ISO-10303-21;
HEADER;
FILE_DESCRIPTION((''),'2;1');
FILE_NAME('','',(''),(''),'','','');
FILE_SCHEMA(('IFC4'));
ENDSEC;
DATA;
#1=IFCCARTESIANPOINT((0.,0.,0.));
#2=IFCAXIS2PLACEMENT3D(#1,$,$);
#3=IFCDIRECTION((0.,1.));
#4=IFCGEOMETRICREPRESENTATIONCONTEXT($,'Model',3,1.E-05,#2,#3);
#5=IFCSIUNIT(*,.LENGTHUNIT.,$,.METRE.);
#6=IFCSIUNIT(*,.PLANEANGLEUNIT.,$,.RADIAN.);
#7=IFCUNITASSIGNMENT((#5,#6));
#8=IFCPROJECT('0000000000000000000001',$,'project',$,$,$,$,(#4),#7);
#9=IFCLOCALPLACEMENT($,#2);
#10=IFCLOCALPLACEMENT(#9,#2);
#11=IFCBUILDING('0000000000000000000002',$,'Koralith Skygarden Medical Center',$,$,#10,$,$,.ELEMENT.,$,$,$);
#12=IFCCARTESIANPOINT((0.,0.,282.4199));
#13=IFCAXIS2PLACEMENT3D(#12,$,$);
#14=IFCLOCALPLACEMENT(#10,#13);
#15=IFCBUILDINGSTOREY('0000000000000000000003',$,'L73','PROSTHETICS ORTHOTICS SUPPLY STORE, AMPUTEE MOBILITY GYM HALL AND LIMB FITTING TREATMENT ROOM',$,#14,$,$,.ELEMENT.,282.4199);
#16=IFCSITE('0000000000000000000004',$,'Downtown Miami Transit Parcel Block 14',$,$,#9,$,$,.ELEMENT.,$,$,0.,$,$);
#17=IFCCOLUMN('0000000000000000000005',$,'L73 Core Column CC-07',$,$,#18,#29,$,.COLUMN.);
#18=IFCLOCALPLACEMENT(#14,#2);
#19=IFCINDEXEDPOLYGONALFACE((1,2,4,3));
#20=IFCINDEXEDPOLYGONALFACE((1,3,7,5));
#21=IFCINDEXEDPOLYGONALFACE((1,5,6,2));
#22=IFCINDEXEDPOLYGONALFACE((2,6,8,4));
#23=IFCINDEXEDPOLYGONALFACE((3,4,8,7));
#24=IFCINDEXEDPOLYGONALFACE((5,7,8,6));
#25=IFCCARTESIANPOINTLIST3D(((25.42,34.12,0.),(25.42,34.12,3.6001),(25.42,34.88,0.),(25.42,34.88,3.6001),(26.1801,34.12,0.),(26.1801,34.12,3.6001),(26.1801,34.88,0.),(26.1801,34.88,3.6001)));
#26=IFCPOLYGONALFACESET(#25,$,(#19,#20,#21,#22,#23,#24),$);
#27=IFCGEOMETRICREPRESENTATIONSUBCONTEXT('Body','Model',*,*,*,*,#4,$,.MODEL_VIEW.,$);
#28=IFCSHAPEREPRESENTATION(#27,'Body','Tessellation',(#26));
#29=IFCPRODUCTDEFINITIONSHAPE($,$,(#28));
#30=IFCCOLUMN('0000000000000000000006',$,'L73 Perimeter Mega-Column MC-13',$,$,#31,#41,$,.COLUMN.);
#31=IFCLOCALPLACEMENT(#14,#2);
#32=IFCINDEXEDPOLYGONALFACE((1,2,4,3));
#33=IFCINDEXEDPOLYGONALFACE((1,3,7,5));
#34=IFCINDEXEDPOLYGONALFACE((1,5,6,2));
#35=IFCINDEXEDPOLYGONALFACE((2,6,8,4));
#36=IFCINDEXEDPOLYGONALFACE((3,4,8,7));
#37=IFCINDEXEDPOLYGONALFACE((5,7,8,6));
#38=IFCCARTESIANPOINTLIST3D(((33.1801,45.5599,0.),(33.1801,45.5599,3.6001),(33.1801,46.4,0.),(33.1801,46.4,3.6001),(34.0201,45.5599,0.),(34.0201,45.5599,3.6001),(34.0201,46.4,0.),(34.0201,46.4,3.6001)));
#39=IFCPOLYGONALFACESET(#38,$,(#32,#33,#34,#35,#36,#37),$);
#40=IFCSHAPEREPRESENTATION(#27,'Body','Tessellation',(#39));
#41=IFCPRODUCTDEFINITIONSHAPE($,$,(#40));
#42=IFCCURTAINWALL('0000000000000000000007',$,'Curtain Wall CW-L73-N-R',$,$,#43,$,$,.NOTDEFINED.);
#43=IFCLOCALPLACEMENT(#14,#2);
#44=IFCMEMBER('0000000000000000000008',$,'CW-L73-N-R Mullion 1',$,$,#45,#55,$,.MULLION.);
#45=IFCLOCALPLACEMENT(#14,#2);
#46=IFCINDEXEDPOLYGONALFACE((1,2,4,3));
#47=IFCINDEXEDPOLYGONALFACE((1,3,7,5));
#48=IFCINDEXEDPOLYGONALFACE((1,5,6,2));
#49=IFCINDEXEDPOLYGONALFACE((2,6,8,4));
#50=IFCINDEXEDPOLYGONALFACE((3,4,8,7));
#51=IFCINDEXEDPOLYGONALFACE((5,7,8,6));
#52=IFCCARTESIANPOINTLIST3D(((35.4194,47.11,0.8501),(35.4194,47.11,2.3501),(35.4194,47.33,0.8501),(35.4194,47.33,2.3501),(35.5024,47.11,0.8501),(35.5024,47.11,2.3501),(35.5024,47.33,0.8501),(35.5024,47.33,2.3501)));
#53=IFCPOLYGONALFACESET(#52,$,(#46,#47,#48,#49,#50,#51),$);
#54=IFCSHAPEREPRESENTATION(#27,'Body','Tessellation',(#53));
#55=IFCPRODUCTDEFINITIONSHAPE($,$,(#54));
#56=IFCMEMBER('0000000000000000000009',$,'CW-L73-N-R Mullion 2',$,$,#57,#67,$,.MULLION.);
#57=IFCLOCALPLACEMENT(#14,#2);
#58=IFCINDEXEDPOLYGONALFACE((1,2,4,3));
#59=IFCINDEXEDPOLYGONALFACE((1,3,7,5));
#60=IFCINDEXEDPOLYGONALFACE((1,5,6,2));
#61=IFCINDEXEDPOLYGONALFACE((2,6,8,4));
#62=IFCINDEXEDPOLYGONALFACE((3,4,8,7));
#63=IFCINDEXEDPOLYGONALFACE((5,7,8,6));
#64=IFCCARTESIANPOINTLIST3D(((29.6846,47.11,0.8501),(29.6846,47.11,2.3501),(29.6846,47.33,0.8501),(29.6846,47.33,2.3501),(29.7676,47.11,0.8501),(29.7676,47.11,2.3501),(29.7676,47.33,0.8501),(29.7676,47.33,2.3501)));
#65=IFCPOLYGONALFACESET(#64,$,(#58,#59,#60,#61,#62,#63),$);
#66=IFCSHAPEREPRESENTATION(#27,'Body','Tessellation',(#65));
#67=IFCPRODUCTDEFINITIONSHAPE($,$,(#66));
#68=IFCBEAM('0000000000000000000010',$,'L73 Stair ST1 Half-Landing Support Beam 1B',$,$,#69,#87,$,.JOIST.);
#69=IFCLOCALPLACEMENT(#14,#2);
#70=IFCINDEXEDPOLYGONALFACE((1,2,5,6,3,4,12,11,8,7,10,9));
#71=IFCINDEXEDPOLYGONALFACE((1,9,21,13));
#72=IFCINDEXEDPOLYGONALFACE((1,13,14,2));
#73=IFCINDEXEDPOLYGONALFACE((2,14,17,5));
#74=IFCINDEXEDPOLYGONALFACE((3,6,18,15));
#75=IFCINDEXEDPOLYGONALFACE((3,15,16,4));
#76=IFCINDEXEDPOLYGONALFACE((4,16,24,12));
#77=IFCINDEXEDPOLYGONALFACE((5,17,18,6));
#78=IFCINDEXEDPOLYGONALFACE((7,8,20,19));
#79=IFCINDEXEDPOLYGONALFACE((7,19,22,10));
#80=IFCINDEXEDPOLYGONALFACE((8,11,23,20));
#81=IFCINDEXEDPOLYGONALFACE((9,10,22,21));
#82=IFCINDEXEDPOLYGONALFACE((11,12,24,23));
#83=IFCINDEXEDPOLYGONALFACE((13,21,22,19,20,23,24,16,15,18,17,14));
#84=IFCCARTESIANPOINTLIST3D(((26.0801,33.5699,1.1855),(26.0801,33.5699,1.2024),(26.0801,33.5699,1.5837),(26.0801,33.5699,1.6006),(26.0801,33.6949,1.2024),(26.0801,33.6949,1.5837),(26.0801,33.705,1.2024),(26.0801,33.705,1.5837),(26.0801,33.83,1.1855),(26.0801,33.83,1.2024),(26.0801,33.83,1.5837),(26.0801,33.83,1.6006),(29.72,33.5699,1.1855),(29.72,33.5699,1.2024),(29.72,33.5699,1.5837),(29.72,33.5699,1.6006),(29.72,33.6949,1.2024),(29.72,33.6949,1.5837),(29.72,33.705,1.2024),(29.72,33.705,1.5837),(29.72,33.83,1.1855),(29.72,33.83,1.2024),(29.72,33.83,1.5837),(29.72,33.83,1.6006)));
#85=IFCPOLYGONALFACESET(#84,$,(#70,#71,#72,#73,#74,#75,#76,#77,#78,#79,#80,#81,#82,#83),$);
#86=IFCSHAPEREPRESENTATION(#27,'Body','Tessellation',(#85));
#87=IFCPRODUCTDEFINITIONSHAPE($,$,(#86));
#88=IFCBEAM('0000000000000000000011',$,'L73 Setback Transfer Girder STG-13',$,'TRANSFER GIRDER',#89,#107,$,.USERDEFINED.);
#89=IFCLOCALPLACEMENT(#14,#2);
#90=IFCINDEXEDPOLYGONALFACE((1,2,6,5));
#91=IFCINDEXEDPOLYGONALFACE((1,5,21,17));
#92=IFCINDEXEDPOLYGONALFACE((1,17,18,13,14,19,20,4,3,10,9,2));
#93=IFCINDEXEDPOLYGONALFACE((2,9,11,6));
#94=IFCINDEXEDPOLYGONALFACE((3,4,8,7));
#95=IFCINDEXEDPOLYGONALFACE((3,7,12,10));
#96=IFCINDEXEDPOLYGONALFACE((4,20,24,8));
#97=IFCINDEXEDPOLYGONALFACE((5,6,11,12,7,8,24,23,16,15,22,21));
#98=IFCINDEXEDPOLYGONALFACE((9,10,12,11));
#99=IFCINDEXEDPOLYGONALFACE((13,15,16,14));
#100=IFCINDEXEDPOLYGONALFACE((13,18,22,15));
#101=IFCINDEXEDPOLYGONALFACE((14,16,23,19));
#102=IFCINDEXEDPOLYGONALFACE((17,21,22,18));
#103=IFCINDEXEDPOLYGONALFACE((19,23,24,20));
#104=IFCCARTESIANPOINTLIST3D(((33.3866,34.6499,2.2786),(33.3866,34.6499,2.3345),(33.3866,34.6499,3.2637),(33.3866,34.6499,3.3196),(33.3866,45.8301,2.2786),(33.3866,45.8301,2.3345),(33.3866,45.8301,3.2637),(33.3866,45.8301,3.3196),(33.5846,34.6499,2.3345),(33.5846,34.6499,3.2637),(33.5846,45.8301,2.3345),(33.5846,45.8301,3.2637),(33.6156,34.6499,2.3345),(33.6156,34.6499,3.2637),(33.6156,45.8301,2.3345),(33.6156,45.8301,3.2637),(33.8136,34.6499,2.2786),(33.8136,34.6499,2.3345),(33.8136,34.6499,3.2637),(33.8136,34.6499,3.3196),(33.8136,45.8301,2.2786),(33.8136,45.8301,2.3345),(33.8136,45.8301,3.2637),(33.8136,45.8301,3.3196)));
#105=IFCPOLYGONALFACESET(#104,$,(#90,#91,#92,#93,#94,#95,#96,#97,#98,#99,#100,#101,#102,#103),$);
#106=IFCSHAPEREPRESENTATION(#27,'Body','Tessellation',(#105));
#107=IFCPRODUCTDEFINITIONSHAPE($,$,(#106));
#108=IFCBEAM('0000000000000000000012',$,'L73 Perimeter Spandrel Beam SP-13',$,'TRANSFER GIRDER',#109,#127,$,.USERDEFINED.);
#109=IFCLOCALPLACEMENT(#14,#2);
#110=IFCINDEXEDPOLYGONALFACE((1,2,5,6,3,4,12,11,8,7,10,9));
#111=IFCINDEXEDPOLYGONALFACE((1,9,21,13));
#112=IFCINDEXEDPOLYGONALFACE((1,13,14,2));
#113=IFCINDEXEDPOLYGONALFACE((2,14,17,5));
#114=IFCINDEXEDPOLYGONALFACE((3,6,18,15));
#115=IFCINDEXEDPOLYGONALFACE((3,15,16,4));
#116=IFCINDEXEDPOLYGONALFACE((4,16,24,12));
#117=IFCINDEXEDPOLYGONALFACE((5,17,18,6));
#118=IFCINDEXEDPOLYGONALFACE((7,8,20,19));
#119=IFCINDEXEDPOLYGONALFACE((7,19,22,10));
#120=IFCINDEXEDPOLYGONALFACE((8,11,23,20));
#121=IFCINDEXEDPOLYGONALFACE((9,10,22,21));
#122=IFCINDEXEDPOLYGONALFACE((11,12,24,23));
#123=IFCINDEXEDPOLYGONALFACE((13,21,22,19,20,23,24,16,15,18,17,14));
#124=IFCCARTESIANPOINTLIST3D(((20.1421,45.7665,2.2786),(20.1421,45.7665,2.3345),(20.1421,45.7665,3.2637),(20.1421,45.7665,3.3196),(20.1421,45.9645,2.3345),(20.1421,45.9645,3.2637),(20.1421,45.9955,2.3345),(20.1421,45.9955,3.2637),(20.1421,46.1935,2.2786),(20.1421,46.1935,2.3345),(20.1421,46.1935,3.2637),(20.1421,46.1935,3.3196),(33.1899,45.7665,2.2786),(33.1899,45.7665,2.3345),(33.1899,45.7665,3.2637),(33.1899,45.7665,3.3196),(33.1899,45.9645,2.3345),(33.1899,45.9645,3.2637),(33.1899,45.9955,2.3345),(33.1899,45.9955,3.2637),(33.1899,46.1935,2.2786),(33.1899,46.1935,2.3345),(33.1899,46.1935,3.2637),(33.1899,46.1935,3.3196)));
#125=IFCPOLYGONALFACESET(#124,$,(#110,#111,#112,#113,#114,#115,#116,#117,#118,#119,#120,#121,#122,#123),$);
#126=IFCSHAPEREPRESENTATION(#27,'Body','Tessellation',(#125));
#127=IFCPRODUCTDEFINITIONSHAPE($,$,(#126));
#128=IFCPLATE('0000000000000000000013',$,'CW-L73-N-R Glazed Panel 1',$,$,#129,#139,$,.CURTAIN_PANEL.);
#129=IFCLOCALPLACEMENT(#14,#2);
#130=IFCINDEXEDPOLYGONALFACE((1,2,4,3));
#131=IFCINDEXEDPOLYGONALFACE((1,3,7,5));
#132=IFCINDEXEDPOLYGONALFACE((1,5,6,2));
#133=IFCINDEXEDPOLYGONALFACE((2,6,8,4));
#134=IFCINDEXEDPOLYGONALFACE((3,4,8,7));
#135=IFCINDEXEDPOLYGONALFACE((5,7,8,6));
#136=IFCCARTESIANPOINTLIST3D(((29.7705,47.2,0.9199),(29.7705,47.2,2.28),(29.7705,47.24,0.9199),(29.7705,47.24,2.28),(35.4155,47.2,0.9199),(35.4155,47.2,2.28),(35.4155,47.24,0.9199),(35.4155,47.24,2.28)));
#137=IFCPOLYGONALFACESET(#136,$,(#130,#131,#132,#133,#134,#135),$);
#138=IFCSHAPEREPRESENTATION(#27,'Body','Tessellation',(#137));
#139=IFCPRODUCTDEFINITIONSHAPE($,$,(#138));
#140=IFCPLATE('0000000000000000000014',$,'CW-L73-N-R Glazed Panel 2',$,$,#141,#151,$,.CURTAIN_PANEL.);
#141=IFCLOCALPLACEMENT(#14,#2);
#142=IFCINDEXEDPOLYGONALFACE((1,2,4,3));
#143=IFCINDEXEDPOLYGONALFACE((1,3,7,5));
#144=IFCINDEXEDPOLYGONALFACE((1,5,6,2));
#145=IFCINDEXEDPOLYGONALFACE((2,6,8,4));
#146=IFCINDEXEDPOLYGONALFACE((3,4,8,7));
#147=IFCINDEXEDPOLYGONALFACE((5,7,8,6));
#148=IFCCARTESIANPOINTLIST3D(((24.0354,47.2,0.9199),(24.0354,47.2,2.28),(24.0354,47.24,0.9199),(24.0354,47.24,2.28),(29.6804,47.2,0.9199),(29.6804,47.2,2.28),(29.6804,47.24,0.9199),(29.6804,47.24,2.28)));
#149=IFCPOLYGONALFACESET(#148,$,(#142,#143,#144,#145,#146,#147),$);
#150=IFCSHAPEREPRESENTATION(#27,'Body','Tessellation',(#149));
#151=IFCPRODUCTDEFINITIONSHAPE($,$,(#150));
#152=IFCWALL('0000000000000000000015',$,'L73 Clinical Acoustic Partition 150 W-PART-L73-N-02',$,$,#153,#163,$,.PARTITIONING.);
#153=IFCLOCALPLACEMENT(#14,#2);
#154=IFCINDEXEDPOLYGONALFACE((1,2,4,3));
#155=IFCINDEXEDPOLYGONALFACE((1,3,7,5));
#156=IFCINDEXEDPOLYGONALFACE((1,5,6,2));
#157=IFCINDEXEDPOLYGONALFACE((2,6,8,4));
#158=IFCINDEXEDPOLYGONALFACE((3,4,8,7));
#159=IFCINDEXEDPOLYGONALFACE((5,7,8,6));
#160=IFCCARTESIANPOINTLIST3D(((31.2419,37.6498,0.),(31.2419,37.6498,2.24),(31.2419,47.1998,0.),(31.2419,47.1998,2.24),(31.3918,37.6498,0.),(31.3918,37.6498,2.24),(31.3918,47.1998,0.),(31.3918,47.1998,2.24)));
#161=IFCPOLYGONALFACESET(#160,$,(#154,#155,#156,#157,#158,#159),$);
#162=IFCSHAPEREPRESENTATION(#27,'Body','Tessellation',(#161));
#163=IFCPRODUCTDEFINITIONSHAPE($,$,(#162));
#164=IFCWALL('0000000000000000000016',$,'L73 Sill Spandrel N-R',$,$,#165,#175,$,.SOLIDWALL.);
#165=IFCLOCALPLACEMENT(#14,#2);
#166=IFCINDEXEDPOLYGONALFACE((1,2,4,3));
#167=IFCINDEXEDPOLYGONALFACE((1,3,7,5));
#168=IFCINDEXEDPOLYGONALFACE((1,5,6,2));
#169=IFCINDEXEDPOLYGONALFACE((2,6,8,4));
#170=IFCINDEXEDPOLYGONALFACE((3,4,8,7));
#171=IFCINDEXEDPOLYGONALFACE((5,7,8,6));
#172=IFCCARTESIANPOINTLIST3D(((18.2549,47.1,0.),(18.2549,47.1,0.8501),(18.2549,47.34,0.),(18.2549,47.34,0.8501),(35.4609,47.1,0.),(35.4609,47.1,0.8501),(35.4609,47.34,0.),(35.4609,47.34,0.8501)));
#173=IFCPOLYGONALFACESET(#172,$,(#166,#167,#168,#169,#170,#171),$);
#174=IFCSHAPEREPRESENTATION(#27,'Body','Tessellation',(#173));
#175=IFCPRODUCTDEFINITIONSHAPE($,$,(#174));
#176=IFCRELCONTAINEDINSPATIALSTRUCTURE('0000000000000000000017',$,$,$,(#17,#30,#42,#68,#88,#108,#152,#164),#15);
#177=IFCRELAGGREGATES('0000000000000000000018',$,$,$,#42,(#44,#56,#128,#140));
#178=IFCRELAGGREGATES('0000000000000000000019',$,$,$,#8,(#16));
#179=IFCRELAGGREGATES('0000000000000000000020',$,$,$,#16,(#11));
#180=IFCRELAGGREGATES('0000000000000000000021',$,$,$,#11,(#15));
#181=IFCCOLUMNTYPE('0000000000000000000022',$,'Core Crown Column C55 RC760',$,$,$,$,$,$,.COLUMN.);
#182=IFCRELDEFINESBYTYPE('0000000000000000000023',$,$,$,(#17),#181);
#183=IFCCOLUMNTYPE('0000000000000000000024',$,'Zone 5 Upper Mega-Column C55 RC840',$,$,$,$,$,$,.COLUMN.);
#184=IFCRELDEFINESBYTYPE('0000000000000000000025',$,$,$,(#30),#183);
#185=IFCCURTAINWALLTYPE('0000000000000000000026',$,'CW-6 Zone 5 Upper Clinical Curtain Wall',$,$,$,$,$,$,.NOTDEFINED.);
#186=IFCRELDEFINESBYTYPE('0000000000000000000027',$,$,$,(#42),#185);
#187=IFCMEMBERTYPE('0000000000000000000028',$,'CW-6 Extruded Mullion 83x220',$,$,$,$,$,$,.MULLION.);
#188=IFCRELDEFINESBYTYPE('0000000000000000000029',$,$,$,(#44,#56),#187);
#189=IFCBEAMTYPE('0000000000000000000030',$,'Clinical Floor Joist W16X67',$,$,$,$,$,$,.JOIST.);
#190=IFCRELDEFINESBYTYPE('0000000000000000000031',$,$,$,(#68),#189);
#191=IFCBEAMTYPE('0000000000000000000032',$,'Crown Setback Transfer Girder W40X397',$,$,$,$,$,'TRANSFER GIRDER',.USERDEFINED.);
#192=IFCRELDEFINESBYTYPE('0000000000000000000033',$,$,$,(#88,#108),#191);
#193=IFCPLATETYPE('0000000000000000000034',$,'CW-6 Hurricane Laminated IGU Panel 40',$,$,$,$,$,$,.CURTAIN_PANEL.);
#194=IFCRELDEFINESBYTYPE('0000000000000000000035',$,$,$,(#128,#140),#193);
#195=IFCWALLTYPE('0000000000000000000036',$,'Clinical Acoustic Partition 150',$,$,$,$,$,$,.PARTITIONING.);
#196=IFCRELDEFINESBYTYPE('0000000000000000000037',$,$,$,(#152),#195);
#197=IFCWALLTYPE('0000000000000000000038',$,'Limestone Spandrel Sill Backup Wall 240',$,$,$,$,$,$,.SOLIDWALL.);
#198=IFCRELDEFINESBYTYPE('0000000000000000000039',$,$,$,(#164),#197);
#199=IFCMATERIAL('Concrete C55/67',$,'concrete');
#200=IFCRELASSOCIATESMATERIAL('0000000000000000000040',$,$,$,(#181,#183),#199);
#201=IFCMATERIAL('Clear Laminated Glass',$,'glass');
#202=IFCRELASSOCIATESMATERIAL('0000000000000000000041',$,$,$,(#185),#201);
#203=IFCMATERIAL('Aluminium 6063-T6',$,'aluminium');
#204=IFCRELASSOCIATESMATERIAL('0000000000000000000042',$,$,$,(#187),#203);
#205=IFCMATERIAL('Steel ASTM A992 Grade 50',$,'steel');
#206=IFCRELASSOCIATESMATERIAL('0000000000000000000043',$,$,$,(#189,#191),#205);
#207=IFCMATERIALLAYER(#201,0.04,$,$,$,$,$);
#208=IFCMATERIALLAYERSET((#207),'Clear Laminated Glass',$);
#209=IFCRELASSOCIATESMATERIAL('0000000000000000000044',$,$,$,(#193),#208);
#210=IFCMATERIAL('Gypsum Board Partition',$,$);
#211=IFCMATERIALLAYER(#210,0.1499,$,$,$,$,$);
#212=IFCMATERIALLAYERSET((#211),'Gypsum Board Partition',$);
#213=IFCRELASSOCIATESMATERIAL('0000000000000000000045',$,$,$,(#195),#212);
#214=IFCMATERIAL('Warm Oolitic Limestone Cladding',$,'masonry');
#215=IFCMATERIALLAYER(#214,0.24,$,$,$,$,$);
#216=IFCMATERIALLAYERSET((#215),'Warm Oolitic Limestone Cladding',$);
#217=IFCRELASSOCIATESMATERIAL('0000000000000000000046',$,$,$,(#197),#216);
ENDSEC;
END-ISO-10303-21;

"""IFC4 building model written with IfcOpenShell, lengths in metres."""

from ifc_helpers import new_model, si_unit, direction, frame, frame_2d, origin, origin_2d, place, context, subcontext, project, spatial, rectangle, i_section, extrude, material, layer, layer_set, material_profile, profile_set, type_object, element, aggregate, save


model = new_model("IFC4")

# Units and contexts
model_context = context("Model", 3, precision=1e-05, world=origin(), true_north=direction((0.0, 1.0)))
body_context = subcontext(model_context, "Body", "Model", "MODEL_VIEW")
ifc_project = project(units=[si_unit("LENGTHUNIT", "METRE"), si_unit("PLANEANGLEUNIT", "RADIAN")], contexts=[model_context])

# Site, building, storey
site_placement = place(None, origin())
site = spatial("IfcSite", under=ifc_project, at=site_placement, Name="Downtown Miami Transit Parcel Block 14", CompositionType="ELEMENT", RefElevation=0.0)
building_placement = place(site_placement, origin())
building = spatial("IfcBuilding", under=site, at=building_placement, Name="Koralith Skygarden Medical Center", CompositionType="ELEMENT")
storey_placement = place(building_placement, frame((0.0, 0.0, 282.4199)))
storey = spatial("IfcBuildingStorey", under=building, at=storey_placement, Name="L73", Description="PROSTHETICS ORTHOTICS SUPPLY STORE, AMPUTEE MOBILITY GYM HALL AND LIMB FITTING TREATMENT ROOM", CompositionType="ELEMENT", Elevation=282.4199)

# Columns
ifc_material_1 = material(Name="Concrete C55/67", Category="concrete")
ifc_material_profile_1 = material_profile(ifc_material_1, rectangle(XDim=0.76, YDim=0.76, at=origin_2d()), Name="RC760X760")
ifc_profile_set_1 = profile_set([ifc_material_profile_1], Name="Concrete C55/67")
column_type_1 = type_object("IfcColumnType", Name="Core Crown Column C55 RC760", PredefinedType="COLUMN", material=ifc_profile_set_1)
column_1_placement = place(storey_placement, frame((25.8, 34.5, 0.0), z_axis=(0.0, 0.0, 1.0), x_axis=(1.0, 0.0, 0.0)))
element("IfcColumn", 1, at=column_1_placement, inside=storey, type_object=column_type_1, Name="L73 Core Column CC-07", PredefinedType="COLUMN", context=body_context, shape_type="SweptSolid", body=[
    extrude(rectangle(XDim=0.76, YDim=0.76, at=origin_2d()), origin(), (0.0, 0.0, 1.0), 3.6001),
])
ifc_material_profile_2 = material_profile(ifc_material_1, rectangle(XDim=0.8401, YDim=0.8401, at=origin_2d()), Name="RC840X840")
ifc_profile_set_2 = profile_set([ifc_material_profile_2], Name="Concrete C55/67")
column_type_2 = type_object("IfcColumnType", Name="Zone 5 Upper Mega-Column C55 RC840", PredefinedType="COLUMN", material=ifc_profile_set_2)
column_2_placement = place(storey_placement, frame((33.6001, 45.98, 0.0), z_axis=(0.0, 0.0, 1.0), x_axis=(1.0, 0.0, 0.0)))
element("IfcColumn", 2, at=column_2_placement, inside=storey, type_object=column_type_2, Name="L73 Perimeter Mega-Column MC-13", PredefinedType="COLUMN", context=body_context, shape_type="SweptSolid", body=[
    extrude(rectangle(XDim=0.8401, YDim=0.8401, at=origin_2d()), origin(), (0.0, 0.0, 1.0), 3.6001),
])

# Curtain wall, members
ifc_material_2 = material(Name="Clear Laminated Glass", Category="glass")
curtain_wall_type = type_object("IfcCurtainWallType", Name="CW-6 Zone 5 Upper Clinical Curtain Wall", PredefinedType="NOTDEFINED", material=ifc_material_2)
curtain_wall_placement = place(storey_placement, origin())
curtain_wall = element("IfcCurtainWall", 3, at=curtain_wall_placement, inside=storey, type_object=curtain_wall_type, Name="Curtain Wall CW-L73-N-R", PredefinedType="NOTDEFINED")
ifc_material_3 = material(Name="Aluminium 6063-T6", Category="aluminium")
ifc_material_profile_3 = material_profile(ifc_material_3, rectangle(XDim=0.083, YDim=0.22, at=origin_2d()), Name="MUL83X220")
ifc_profile_set_3 = profile_set([ifc_material_profile_3], Name="Aluminium 6063-T6")
member_type = type_object("IfcMemberType", Name="CW-6 Extruded Mullion 83x220", PredefinedType="MULLION", material=ifc_profile_set_3)
member_1_placement = place(storey_placement, frame((35.4609, 47.22, 0.8501), z_axis=(0.0, 0.0, 1.0), x_axis=(1.0, 0.0, 0.0)))
member_1 = element("IfcMember", 4, at=member_1_placement, type_object=member_type, Name="CW-L73-N-R Mullion 1", PredefinedType="MULLION", context=body_context, shape_type="SweptSolid", body=[
    extrude(rectangle(XDim=0.083, YDim=0.22, at=origin_2d()), origin(), (0.0, 0.0, 1.0), 1.5),
])
member_2_placement = place(storey_placement, frame((29.7261, 47.22, 0.8501), z_axis=(0.0, 0.0, 1.0), x_axis=(1.0, 0.0, 0.0)))
member_2 = element("IfcMember", 5, at=member_2_placement, type_object=member_type, Name="CW-L73-N-R Mullion 2", PredefinedType="MULLION", context=body_context, shape_type="SweptSolid", body=[
    extrude(rectangle(XDim=0.083, YDim=0.22, at=origin_2d()), origin(), (0.0, 0.0, 1.0), 1.5),
])

# Beams
ifc_material_4 = material(Name="Steel ASTM A992 Grade 50", Category="steel")
ifc_material_profile_4 = material_profile(ifc_material_4, i_section(OverallWidth=0.26, OverallDepth=0.415, WebThickness=0.01, FlangeThickness=0.0168, at=origin_2d()), Name="W16X67")
ifc_profile_set_4 = profile_set([ifc_material_profile_4], Name="Steel ASTM A992 Grade 50")
beam_type_1 = type_object("IfcBeamType", Name="Clinical Floor Joist W16X67", PredefinedType="JOIST", material=ifc_profile_set_4)
beam_1_placement = place(storey_placement, frame((26.0801, 33.7, 1.3931), z_axis=(1.0, 0.0, 0.0), x_axis=(0.0, 1.0, 0.0)))
element("IfcBeam", 6, at=beam_1_placement, inside=storey, type_object=beam_type_1, Name="L73 Stair ST1 Half-Landing Support Beam 1B", PredefinedType="JOIST", context=body_context, shape_type="SweptSolid", body=[
    extrude(i_section(OverallWidth=0.26, OverallDepth=0.415, WebThickness=0.01, FlangeThickness=0.0168, at=origin_2d()), origin(), (0.0, 0.0, 1.0), 3.6399),
])
ifc_material_profile_5 = material_profile(ifc_material_4, i_section(OverallWidth=0.427, OverallDepth=1.041, WebThickness=0.031, FlangeThickness=0.0559, at=origin_2d()), Name="W40X397")
ifc_profile_set_5 = profile_set([ifc_material_profile_5], Name="Steel ASTM A992 Grade 50")
beam_type_2 = type_object("IfcBeamType", Name="Crown Setback Transfer Girder W40X397", ElementType="TRANSFER GIRDER", PredefinedType="USERDEFINED", material=ifc_profile_set_5)
beam_2_placement = place(storey_placement, frame((33.6001, 34.6499, 2.7991), z_axis=(0.0, 1.0, 0.0), x_axis=(-1.0, 0.0, 0.0)))
element("IfcBeam", 7, at=beam_2_placement, inside=storey, type_object=beam_type_2, Name="L73 Setback Transfer Girder STG-13", ObjectType="TRANSFER GIRDER", PredefinedType="USERDEFINED", context=body_context, shape_type="SweptSolid", body=[
    extrude(i_section(OverallWidth=0.427, OverallDepth=1.041, WebThickness=0.031, FlangeThickness=0.0559, at=origin_2d()), origin(), (0.0, 0.0, 1.0), 11.1802),
])
beam_3_placement = place(storey_placement, frame((33.1899, 45.98, 2.7991), z_axis=(-1.0, 0.0, 0.0), x_axis=(0.0, -1.0, 0.0)))
element("IfcBeam", 8, at=beam_3_placement, inside=storey, type_object=beam_type_2, Name="L73 Perimeter Spandrel Beam SP-13", ObjectType="TRANSFER GIRDER", PredefinedType="USERDEFINED", context=body_context, shape_type="SweptSolid", body=[
    extrude(i_section(OverallWidth=0.427, OverallDepth=1.041, WebThickness=0.031, FlangeThickness=0.0559, at=origin_2d()), origin(), (0.0, 0.0, 1.0), 13.0479),
])

# Plates
ifc_layer_1 = layer(ifc_material_2, 0.04)
ifc_layer_set_1 = layer_set([ifc_layer_1], Name="Clear Laminated Glass")
plate_type = type_object("IfcPlateType", Name="CW-6 Hurricane Laminated IGU Panel 40", PredefinedType="CURTAIN_PANEL", material=ifc_layer_set_1)
plate_1_placement = place(storey_placement, frame((32.593, 47.22, 0.9199), z_axis=(0.0, 0.0, 1.0), x_axis=(-1.0, 0.0, 0.0)))
plate_1 = element("IfcPlate", 9, at=plate_1_placement, type_object=plate_type, Name="CW-L73-N-R Glazed Panel 1", PredefinedType="CURTAIN_PANEL", context=body_context, shape_type="SweptSolid", body=[
    extrude(rectangle(XDim=5.645, YDim=0.04, at=origin_2d()), origin(), (0.0, 0.0, 1.0), 1.3601),
])
plate_2_placement = place(storey_placement, frame((26.8579, 47.22, 0.9199), z_axis=(0.0, 0.0, 1.0), x_axis=(-1.0, 0.0, 0.0)))
plate_2 = element("IfcPlate", 10, at=plate_2_placement, type_object=plate_type, Name="CW-L73-N-R Glazed Panel 2", PredefinedType="CURTAIN_PANEL", context=body_context, shape_type="SweptSolid", body=[
    extrude(rectangle(XDim=5.645, YDim=0.04, at=origin_2d()), origin(), (0.0, 0.0, 1.0), 1.3601),
])
aggregate(curtain_wall, [member_1, member_2, plate_1, plate_2])

# Wall
ifc_material_5 = material(Name="Gypsum Board Partition")
ifc_layer_2 = layer(ifc_material_5, 0.1499)
ifc_layer_set_2 = layer_set([ifc_layer_2], Name="Gypsum Board Partition")
wall_type_1 = type_object("IfcWallType", Name="Clinical Acoustic Partition 150", PredefinedType="PARTITIONING", material=ifc_layer_set_2)
wall_1_placement = place(storey_placement, frame((31.3169, 37.6499, 0.0), z_axis=(0.0, 0.0, 1.0), x_axis=(0.0, 1.0, 0.0)))
element("IfcWall", 11, at=wall_1_placement, inside=storey, type_object=wall_type_1, Name="L73 Clinical Acoustic Partition 150 W-PART-L73-N-02", PredefinedType="PARTITIONING", context=body_context, shape_type="SweptSolid", body=[
    extrude(rectangle(XDim=9.55, YDim=0.1499, at=frame_2d((4.7749, 0.0))), origin(), (0.0, 0.0, 1.0), 2.24),
])

# Wall
ifc_material_6 = material(Name="Warm Oolitic Limestone Cladding", Category="masonry")
ifc_layer_3 = layer(ifc_material_6, 0.24)
ifc_layer_set_3 = layer_set([ifc_layer_3], Name="Warm Oolitic Limestone Cladding")
wall_type_2 = type_object("IfcWallType", Name="Limestone Spandrel Sill Backup Wall 240", PredefinedType="SOLIDWALL", material=ifc_layer_set_3)
wall_2_placement = place(storey_placement, frame((35.4609, 47.22, 0.0), z_axis=(0.0, 0.0, 1.0), x_axis=(-1.0, 0.0, 0.0)))
element("IfcWall", 12, at=wall_2_placement, inside=storey, type_object=wall_type_2, Name="L73 Sill Spandrel N-R", PredefinedType="SOLIDWALL", context=body_context, shape_type="SweptSolid", body=[
    extrude(rectangle(XDim=17.2061, YDim=0.24, at=frame_2d((8.603, 0.0))), origin(), (0.0, 0.0, 1.0), 0.8501),
])

save(model, "model.ifc")
